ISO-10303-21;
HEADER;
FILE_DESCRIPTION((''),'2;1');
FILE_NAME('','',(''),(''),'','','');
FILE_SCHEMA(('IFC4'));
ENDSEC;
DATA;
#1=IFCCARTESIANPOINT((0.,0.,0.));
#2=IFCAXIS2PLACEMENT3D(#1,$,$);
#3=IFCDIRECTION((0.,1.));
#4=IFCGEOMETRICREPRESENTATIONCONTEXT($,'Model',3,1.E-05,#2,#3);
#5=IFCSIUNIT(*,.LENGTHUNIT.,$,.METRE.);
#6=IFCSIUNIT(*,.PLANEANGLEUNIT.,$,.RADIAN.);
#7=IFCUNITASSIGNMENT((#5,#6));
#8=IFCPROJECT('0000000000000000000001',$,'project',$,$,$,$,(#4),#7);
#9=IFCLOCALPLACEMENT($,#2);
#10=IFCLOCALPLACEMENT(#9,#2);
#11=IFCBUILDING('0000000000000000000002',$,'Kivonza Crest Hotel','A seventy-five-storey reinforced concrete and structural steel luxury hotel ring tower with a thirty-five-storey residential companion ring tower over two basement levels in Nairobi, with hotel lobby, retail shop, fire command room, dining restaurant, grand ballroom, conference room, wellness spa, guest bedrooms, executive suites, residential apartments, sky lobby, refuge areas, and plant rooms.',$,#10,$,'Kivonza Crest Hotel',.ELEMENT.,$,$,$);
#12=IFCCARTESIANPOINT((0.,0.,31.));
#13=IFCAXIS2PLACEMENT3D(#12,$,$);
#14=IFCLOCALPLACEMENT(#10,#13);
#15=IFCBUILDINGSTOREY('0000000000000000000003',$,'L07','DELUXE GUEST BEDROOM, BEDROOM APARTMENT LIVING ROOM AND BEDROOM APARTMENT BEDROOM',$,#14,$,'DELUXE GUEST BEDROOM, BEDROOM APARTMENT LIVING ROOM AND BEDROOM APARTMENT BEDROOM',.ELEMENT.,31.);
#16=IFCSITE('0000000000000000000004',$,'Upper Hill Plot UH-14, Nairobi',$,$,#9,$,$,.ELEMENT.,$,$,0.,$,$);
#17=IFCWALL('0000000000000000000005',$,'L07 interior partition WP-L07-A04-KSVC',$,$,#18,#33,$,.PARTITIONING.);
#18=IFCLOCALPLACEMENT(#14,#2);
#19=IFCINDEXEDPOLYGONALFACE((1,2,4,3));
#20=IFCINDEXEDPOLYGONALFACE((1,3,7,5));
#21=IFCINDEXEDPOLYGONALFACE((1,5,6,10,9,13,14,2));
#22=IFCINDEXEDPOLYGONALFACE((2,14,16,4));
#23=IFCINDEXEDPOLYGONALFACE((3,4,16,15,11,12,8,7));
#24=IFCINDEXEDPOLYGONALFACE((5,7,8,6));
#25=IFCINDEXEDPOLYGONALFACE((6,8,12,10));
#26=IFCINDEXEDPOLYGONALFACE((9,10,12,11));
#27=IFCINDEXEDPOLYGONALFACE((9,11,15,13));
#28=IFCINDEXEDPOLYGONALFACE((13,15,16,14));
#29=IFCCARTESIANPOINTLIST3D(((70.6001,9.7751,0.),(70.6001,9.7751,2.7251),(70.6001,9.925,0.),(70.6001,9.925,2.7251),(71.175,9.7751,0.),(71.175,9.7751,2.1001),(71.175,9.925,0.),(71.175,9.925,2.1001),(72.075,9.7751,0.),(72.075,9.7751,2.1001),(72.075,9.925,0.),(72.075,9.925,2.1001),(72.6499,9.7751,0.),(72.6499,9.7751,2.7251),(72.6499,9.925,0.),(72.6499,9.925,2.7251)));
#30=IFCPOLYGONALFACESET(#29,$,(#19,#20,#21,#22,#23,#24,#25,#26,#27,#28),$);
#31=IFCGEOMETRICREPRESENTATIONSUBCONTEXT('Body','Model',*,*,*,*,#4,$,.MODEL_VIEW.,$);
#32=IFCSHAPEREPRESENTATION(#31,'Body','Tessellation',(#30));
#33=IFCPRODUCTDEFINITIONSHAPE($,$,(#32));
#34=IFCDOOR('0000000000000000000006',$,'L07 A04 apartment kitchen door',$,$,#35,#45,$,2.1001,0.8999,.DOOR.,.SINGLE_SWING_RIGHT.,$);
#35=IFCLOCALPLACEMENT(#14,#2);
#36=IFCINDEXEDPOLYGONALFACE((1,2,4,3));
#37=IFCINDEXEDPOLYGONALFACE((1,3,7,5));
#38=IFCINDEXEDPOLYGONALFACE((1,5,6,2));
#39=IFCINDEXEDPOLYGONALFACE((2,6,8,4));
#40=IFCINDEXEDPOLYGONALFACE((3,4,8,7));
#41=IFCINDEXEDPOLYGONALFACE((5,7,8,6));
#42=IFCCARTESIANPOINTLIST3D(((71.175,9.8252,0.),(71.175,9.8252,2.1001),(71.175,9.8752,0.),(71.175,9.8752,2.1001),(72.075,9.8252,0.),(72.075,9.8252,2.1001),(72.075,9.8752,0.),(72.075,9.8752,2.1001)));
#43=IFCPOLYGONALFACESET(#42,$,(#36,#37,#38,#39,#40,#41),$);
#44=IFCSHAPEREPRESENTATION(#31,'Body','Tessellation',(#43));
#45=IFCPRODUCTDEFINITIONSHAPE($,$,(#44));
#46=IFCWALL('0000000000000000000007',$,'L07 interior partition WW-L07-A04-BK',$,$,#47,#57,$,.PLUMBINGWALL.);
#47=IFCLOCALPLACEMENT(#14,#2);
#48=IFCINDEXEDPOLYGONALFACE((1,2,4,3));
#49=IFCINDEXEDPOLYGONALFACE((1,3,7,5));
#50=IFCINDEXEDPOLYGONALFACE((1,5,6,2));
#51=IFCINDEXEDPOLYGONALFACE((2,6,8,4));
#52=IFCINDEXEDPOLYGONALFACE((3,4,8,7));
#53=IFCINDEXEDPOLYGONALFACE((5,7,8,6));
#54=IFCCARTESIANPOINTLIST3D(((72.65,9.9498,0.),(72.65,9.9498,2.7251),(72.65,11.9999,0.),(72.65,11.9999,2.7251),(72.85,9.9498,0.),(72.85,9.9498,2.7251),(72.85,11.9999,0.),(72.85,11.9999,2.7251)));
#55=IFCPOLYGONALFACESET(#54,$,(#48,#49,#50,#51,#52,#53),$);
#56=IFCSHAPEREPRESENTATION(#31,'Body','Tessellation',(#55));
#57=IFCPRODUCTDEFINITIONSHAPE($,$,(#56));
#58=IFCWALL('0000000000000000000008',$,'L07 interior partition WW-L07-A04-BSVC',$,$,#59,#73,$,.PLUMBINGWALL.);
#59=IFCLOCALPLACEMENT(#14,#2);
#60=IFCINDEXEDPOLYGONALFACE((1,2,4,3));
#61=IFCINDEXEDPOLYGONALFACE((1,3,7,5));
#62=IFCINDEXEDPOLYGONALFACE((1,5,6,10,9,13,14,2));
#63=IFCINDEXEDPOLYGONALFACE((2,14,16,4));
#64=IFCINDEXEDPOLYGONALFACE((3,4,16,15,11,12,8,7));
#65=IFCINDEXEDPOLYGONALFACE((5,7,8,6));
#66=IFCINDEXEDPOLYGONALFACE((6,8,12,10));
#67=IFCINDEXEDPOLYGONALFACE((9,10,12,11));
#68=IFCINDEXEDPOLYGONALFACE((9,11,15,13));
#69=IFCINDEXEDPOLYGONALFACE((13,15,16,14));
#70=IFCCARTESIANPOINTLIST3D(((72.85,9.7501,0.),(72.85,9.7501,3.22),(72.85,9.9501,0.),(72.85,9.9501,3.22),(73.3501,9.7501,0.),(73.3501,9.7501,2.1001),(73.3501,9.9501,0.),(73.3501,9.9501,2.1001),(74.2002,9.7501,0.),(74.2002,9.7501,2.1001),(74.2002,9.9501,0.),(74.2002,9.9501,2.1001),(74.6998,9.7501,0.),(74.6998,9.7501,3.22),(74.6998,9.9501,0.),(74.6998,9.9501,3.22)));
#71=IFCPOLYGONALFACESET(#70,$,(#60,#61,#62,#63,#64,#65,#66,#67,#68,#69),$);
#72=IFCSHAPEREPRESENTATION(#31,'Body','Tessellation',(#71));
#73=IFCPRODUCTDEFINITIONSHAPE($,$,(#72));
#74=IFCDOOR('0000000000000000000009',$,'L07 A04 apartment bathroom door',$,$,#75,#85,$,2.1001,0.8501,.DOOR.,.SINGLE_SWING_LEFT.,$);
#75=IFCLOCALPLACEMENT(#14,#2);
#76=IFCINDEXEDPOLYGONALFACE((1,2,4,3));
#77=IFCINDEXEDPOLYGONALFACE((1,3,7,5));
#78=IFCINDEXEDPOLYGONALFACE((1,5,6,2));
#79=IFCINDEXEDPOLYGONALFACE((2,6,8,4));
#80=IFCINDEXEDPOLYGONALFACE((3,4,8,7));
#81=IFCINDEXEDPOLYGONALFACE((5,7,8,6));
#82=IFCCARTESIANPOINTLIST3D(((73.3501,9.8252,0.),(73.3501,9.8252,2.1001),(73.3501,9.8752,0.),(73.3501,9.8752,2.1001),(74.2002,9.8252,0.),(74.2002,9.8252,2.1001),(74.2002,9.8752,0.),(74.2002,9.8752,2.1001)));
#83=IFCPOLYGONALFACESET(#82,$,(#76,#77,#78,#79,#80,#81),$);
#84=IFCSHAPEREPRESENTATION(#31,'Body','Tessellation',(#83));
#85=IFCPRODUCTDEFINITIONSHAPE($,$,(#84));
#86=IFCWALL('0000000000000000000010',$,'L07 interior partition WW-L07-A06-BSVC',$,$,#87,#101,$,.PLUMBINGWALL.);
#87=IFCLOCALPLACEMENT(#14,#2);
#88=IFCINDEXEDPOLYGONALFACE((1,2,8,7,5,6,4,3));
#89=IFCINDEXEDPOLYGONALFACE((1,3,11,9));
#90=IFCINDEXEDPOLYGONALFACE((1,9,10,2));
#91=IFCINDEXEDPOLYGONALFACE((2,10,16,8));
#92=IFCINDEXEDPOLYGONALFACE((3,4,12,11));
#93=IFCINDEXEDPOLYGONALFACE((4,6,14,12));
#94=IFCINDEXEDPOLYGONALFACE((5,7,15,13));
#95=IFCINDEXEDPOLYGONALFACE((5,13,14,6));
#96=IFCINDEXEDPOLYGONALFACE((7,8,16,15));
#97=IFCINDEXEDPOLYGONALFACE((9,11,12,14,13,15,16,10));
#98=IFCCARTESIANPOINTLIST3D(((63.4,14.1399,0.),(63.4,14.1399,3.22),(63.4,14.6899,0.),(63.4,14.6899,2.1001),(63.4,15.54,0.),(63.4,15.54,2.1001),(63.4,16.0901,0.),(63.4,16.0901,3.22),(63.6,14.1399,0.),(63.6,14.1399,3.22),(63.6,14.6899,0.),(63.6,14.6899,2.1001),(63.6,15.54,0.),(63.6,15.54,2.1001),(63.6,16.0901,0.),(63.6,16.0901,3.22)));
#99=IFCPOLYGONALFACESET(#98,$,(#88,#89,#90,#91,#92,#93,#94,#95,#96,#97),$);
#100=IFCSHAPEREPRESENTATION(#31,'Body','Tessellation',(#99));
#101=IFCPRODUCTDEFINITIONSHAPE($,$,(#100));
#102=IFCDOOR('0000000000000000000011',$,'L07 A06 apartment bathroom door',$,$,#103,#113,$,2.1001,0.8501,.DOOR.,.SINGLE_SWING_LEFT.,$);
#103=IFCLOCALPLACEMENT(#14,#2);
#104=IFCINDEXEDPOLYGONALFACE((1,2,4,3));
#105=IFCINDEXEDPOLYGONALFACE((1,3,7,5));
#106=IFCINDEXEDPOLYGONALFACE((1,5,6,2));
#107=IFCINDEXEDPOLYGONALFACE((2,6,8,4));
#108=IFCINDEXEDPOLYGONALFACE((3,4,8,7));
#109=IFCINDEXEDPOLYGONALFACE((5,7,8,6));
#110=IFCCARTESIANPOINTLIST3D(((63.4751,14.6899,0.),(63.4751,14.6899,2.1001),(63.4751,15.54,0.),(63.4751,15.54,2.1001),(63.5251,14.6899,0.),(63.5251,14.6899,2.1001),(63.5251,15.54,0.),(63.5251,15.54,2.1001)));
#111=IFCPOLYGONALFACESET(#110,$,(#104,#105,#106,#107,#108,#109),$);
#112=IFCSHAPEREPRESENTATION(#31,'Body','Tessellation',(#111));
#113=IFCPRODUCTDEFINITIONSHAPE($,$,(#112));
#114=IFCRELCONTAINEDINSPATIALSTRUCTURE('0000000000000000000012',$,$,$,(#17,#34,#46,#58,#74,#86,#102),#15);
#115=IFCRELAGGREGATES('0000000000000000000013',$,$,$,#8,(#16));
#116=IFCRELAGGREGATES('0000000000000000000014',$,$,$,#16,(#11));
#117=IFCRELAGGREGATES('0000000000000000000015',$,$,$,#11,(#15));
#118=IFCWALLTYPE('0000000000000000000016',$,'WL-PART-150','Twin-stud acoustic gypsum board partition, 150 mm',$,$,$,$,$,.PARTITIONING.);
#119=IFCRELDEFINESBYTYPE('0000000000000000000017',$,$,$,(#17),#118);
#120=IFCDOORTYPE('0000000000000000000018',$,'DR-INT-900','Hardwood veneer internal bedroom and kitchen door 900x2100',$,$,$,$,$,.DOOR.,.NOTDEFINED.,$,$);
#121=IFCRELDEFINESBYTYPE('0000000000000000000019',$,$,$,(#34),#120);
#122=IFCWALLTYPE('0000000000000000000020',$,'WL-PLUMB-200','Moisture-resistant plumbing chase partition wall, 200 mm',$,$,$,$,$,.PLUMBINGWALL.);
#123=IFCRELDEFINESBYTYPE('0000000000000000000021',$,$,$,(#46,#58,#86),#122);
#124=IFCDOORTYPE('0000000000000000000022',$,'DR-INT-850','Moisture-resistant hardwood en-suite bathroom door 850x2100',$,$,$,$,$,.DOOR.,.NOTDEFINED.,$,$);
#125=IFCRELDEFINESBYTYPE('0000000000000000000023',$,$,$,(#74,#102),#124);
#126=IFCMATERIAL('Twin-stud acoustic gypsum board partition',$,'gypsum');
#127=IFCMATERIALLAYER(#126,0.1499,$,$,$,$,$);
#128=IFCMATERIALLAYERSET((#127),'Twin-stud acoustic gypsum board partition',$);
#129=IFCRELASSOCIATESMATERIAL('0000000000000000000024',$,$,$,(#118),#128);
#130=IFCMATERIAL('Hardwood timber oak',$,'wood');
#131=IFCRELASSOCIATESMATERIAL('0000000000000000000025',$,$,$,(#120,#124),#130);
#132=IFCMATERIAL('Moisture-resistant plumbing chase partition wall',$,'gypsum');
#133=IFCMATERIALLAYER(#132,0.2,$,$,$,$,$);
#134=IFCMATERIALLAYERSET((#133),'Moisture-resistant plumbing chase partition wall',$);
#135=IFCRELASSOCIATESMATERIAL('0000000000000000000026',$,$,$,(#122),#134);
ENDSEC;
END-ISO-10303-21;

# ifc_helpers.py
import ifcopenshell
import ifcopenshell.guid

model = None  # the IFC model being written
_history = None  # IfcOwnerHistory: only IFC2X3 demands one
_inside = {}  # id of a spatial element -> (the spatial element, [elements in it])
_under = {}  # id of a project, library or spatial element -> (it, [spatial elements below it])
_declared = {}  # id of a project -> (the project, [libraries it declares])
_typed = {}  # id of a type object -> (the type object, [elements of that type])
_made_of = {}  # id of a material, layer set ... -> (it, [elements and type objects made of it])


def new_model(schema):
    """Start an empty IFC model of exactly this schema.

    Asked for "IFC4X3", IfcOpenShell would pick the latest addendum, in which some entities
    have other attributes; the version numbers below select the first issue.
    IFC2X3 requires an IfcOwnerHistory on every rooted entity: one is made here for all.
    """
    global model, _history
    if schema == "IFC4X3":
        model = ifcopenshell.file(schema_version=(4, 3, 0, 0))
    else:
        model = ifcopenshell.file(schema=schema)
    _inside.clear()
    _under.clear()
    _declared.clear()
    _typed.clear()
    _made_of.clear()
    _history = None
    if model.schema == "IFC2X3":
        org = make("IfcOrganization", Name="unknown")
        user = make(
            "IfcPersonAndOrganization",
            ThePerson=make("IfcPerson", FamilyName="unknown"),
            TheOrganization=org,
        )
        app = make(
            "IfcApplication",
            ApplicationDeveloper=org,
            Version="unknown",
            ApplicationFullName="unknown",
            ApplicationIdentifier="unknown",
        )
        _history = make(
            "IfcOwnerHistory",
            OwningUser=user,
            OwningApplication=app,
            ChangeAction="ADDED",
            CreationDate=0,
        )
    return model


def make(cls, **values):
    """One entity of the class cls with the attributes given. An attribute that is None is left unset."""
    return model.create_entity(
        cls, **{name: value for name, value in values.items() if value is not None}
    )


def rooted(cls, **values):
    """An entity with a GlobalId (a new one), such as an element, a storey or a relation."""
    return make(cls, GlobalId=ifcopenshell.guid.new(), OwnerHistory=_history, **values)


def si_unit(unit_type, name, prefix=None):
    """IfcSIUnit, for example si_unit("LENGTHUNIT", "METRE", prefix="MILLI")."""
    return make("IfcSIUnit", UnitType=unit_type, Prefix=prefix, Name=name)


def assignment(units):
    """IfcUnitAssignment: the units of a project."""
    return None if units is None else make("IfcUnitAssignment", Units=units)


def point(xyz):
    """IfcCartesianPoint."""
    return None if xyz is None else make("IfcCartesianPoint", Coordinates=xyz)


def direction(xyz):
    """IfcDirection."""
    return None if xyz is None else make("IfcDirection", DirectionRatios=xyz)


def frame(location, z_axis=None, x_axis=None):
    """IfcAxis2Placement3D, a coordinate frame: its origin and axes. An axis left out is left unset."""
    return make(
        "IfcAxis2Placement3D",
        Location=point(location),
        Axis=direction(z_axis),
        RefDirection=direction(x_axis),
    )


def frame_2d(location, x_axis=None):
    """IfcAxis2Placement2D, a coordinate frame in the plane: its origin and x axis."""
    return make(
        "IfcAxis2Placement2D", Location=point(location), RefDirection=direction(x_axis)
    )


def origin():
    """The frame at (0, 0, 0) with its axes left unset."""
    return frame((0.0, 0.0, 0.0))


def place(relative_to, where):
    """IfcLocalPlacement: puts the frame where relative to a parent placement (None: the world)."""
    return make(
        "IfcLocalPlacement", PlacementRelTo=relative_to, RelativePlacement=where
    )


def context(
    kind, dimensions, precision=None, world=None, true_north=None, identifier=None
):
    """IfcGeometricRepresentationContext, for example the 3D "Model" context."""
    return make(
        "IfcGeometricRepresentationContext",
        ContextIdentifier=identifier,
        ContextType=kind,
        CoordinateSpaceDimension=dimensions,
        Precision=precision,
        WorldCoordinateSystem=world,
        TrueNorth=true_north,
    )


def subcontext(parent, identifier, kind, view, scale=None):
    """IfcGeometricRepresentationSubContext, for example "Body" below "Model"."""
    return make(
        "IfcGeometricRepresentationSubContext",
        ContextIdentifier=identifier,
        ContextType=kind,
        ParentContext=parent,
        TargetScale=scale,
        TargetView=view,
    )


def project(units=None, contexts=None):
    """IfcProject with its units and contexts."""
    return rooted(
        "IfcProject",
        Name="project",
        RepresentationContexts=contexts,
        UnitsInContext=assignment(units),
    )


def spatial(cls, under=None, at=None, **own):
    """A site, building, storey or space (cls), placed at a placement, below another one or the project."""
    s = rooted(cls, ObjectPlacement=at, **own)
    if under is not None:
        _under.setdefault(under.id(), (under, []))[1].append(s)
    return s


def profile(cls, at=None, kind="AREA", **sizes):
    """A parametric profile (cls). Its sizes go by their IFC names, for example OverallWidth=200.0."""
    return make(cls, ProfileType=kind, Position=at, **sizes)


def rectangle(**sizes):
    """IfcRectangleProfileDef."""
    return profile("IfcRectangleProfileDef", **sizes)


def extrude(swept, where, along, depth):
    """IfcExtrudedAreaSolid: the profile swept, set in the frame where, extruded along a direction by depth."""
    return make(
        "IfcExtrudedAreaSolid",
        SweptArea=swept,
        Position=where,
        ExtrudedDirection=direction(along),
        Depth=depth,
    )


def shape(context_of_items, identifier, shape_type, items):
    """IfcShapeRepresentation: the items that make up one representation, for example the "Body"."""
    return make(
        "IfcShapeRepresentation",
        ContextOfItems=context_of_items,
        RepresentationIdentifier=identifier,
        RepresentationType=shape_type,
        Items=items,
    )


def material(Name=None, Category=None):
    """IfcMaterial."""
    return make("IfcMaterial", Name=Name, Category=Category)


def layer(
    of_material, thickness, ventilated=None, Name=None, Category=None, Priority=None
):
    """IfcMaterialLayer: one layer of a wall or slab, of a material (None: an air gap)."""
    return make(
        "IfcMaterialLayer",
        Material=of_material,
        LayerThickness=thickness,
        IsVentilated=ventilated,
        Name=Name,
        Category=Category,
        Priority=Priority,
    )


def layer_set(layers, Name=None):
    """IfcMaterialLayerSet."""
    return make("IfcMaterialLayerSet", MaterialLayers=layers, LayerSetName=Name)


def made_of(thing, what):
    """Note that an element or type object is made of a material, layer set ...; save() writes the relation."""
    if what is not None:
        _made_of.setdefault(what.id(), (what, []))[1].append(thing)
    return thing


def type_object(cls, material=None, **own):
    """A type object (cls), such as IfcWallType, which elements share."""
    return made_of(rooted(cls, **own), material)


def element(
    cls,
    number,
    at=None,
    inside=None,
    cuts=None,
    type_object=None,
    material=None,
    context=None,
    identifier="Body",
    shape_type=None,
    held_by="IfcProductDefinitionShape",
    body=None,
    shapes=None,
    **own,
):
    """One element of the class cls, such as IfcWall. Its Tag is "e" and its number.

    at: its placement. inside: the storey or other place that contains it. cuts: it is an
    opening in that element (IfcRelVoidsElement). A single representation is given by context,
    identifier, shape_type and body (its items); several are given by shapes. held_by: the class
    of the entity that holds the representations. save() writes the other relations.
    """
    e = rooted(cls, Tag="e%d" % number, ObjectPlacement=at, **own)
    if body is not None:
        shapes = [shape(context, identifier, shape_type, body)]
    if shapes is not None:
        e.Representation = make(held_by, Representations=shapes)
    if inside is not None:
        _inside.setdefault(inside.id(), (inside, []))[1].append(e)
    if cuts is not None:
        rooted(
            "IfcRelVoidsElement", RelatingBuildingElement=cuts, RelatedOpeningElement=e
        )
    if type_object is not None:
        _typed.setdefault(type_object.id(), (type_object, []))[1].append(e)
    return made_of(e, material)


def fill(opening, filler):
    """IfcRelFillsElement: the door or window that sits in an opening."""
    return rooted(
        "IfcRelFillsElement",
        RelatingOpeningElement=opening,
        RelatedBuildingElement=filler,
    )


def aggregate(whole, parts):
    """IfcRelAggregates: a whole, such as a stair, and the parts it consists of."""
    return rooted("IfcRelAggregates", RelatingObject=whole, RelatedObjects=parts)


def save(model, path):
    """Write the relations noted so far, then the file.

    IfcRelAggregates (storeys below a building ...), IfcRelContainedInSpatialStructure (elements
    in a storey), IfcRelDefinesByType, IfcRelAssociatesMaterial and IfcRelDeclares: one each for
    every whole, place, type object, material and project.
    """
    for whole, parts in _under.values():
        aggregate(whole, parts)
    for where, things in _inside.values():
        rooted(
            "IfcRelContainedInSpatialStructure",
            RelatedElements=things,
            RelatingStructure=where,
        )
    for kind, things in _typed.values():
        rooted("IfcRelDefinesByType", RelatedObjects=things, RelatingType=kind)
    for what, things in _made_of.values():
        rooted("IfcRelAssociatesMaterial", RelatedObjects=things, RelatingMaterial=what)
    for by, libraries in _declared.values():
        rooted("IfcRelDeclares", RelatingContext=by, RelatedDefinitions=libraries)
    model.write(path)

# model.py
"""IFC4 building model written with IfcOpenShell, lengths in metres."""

from ifc_helpers import new_model, si_unit, direction, frame, frame_2d, origin, place, context, subcontext, project, spatial, rectangle, extrude, material, layer, layer_set, type_object, element, fill, save


model = new_model("IFC4")

# Units and contexts
model_context = context("Model", 3, precision=1e-05, world=origin(), true_north=direction((0.0, 1.0)))
body_context = subcontext(model_context, "Body", "Model", "MODEL_VIEW")
ifc_project = project(units=[si_unit("LENGTHUNIT", "METRE"), si_unit("PLANEANGLEUNIT", "RADIAN")], contexts=[model_context])

# Site, building, storey
site_placement = place(None, origin())
site = spatial("IfcSite", under=ifc_project, at=site_placement, Name="Upper Hill Plot UH-14, Nairobi", CompositionType="ELEMENT", RefElevation=0.0)
building_placement = place(site_placement, origin())
building = spatial("IfcBuilding", under=site, at=building_placement, Name="Kivonza Crest Hotel", Description="A seventy-five-storey reinforced concrete and structural steel luxury hotel ring tower with a thirty-five-storey residential companion ring tower over two basement levels in Nairobi, with hotel lobby, retail shop, fire command room, dining restaurant, grand ballroom, conference room, wellness spa, guest bedrooms, executive suites, residential apartments, sky lobby, refuge areas, and plant rooms.", LongName="Kivonza Crest Hotel", CompositionType="ELEMENT")
storey_placement = place(building_placement, frame((0.0, 0.0, 31.0)))
storey = spatial("IfcBuildingStorey", under=building, at=storey_placement, Name="L07", Description="DELUXE GUEST BEDROOM, BEDROOM APARTMENT LIVING ROOM AND BEDROOM APARTMENT BEDROOM", LongName="DELUXE GUEST BEDROOM, BEDROOM APARTMENT LIVING ROOM AND BEDROOM APARTMENT BEDROOM", CompositionType="ELEMENT", Elevation=31.0)

# Shared definitions
ifc_material_1 = material(Name="Hardwood timber oak", Category="wood")

# Shared definitions
ifc_material_2 = material(Name="Twin-stud acoustic gypsum board partition", Category="gypsum")
ifc_layer_1 = layer(ifc_material_2, 0.1499)
ifc_layer_set_1 = layer_set([ifc_layer_1], Name="Twin-stud acoustic gypsum board partition")
wall_type_1 = type_object("IfcWallType", Name="WL-PART-150", Description="Twin-stud acoustic gypsum board partition, 150 mm", PredefinedType="PARTITIONING", material=ifc_layer_set_1)

# Wall, opening, door
wall_1_placement = place(storey_placement, frame((70.6001, 9.8501, 0.0), z_axis=(0.0, 0.0, 1.0), x_axis=(1.0, 0.0, 0.0)))
wall_1 = element("IfcWall", 1, at=wall_1_placement, inside=storey, type_object=wall_type_1, Name="L07 interior partition WP-L07-A04-KSVC", PredefinedType="PARTITIONING", context=body_context, shape_type="SweptSolid", body=[
    extrude(rectangle(XDim=2.0498, YDim=0.1499, at=frame_2d((1.0249, 0.0))), origin(), (0.0, 0.0, 1.0), 2.7251),
])
opening_1_placement = place(wall_1_placement, frame((0.575, 0.0, 0.0)))
opening_1 = element("IfcOpeningElement", 2, at=opening_1_placement, cuts=wall_1, PredefinedType="OPENING", context=body_context, shape_type="SweptSolid", body=[
    extrude(rectangle(XDim=0.8999, YDim=2.1001, at=frame_2d((0.45, 1.05))), frame((0.0, 0.085, 0.0), z_axis=(0.0, -1.0, 0.0), x_axis=(1.0, 0.0, 0.0)), (0.0, 0.0, 1.0), 0.1699),
])
door_type_1 = type_object("IfcDoorType", Name="DR-INT-900", Description="Hardwood veneer internal bedroom and kitchen door 900x2100", OperationType="NOTDEFINED", PredefinedType="DOOR", material=ifc_material_1)
door_1_placement = place(opening_1_placement, frame((0.8999, 0.0, 0.0), z_axis=(0.0, 0.0, 1.0), x_axis=(-1.0, 0.0, 0.0)))
door_1 = element("IfcDoor", 3, at=door_1_placement, inside=storey, type_object=door_type_1, Name="L07 A04 apartment kitchen door", OperationType="SINGLE_SWING_RIGHT", OverallHeight=2.1001, OverallWidth=0.8999, PredefinedType="DOOR", context=body_context, shape_type="SweptSolid", body=[
    extrude(rectangle(XDim=0.8999, YDim=2.1001, at=frame_2d((0.45, 1.05))), frame((0.0, 0.0249, 0.0), z_axis=(0.0, -1.0, 0.0), x_axis=(1.0, 0.0, 0.0)), (0.0, 0.0, 1.0), 0.05),
])
fill(opening_1, door_1)

# Wall
ifc_material_3 = material(Name="Moisture-resistant plumbing chase partition wall", Category="gypsum")
ifc_layer_2 = layer(ifc_material_3, 0.2)
ifc_layer_set_2 = layer_set([ifc_layer_2], Name="Moisture-resistant plumbing chase partition wall")
wall_type_2 = type_object("IfcWallType", Name="WL-PLUMB-200", Description="Moisture-resistant plumbing chase partition wall, 200 mm", PredefinedType="PLUMBINGWALL", material=ifc_layer_set_2)
wall_2_placement = place(storey_placement, frame((72.75, 9.95, 0.0), z_axis=(0.0, 0.0, 1.0), x_axis=(0.0, 1.0, 0.0)))
element("IfcWall", 4, at=wall_2_placement, inside=storey, type_object=wall_type_2, Name="L07 interior partition WW-L07-A04-BK", PredefinedType="PLUMBINGWALL", context=body_context, shape_type="SweptSolid", body=[
    extrude(rectangle(XDim=2.05, YDim=0.2, at=frame_2d((1.0249, 0.0))), origin(), (0.0, 0.0, 1.0), 2.7251),
])

# Walls, openings, doors
wall_3_placement = place(storey_placement, frame((72.8501, 9.8501, 0.0), z_axis=(0.0, 0.0, 1.0), x_axis=(1.0, 0.0, 0.0)))
wall_3 = element("IfcWall", 5, at=wall_3_placement, inside=storey, type_object=wall_type_2, Name="L07 interior partition WW-L07-A04-BSVC", PredefinedType="PLUMBINGWALL", context=body_context, shape_type="SweptSolid", body=[
    extrude(rectangle(XDim=1.8499, YDim=0.2, at=frame_2d((0.9248, 0.0))), origin(), (0.0, 0.0, 1.0), 3.22),
])
opening_2_placement = place(wall_3_placement, frame((0.5, 0.0, 0.0)))
opening_2 = element("IfcOpeningElement", 6, at=opening_2_placement, cuts=wall_3, PredefinedType="OPENING", context=body_context, shape_type="SweptSolid", body=[
    extrude(rectangle(XDim=0.8501, YDim=2.1001, at=frame_2d((0.425, 1.05))), frame((0.0, 0.1099, 0.0), z_axis=(0.0, -1.0, 0.0), x_axis=(1.0, 0.0, 0.0)), (0.0, 0.0, 1.0), 0.22),
])
door_type_2 = type_object("IfcDoorType", Name="DR-INT-850", Description="Moisture-resistant hardwood en-suite bathroom door 850x2100", OperationType="NOTDEFINED", PredefinedType="DOOR", material=ifc_material_1)
door_2_placement = place(opening_2_placement, frame((0.8501, 0.0, 0.0), z_axis=(0.0, 0.0, 1.0), x_axis=(-1.0, 0.0, 0.0)))
door_2 = element("IfcDoor", 7, at=door_2_placement, inside=storey, type_object=door_type_2, Name="L07 A04 apartment bathroom door", OperationType="SINGLE_SWING_LEFT", OverallHeight=2.1001, OverallWidth=0.8501, PredefinedType="DOOR", context=body_context, shape_type="SweptSolid", body=[
    extrude(rectangle(XDim=0.8501, YDim=2.1001, at=frame_2d((0.425, 1.05))), frame((0.0, 0.0249, 0.0), z_axis=(0.0, -1.0, 0.0), x_axis=(1.0, 0.0, 0.0)), (0.0, 0.0, 1.0), 0.05),
])
fill(opening_2, door_2)
wall_4_placement = place(storey_placement, frame((63.5, 14.1399, 0.0), z_axis=(0.0, 0.0, 1.0), x_axis=(0.0, 1.0, 0.0)))
wall_4 = element("IfcWall", 8, at=wall_4_placement, inside=storey, type_object=wall_type_2, Name="L07 interior partition WW-L07-A06-BSVC", PredefinedType="PLUMBINGWALL", context=body_context, shape_type="SweptSolid", body=[
    extrude(rectangle(XDim=1.9502, YDim=0.2, at=frame_2d((0.9751, 0.0))), origin(), (0.0, 0.0, 1.0), 3.22),
])
opening_3_placement = place(wall_4_placement, frame((0.55, 0.0, 0.0)))
opening_3 = element("IfcOpeningElement", 9, at=opening_3_placement, cuts=wall_4, PredefinedType="OPENING", context=body_context, shape_type="SweptSolid", body=[
    extrude(rectangle(XDim=0.8501, YDim=2.1001, at=frame_2d((0.425, 1.05))), frame((0.0, 0.1099, 0.0), z_axis=(0.0, -1.0, 0.0), x_axis=(1.0, 0.0, 0.0)), (0.0, 0.0, 1.0), 0.22),
])
door_3_placement = place(opening_3_placement, origin())
door_3 = element("IfcDoor", 10, at=door_3_placement, inside=storey, type_object=door_type_2, Name="L07 A06 apartment bathroom door", OperationType="SINGLE_SWING_LEFT", OverallHeight=2.1001, OverallWidth=0.8501, PredefinedType="DOOR", context=body_context, shape_type="SweptSolid", body=[
    extrude(rectangle(XDim=0.8501, YDim=2.1001, at=frame_2d((0.425, 1.05))), frame((0.0, 0.0249, 0.0), z_axis=(0.0, -1.0, 0.0), x_axis=(1.0, 0.0, 0.0)), (0.0, 0.0, 1.0), 0.05),
])
fill(opening_3, door_3)

save(model, "model.ifc")
